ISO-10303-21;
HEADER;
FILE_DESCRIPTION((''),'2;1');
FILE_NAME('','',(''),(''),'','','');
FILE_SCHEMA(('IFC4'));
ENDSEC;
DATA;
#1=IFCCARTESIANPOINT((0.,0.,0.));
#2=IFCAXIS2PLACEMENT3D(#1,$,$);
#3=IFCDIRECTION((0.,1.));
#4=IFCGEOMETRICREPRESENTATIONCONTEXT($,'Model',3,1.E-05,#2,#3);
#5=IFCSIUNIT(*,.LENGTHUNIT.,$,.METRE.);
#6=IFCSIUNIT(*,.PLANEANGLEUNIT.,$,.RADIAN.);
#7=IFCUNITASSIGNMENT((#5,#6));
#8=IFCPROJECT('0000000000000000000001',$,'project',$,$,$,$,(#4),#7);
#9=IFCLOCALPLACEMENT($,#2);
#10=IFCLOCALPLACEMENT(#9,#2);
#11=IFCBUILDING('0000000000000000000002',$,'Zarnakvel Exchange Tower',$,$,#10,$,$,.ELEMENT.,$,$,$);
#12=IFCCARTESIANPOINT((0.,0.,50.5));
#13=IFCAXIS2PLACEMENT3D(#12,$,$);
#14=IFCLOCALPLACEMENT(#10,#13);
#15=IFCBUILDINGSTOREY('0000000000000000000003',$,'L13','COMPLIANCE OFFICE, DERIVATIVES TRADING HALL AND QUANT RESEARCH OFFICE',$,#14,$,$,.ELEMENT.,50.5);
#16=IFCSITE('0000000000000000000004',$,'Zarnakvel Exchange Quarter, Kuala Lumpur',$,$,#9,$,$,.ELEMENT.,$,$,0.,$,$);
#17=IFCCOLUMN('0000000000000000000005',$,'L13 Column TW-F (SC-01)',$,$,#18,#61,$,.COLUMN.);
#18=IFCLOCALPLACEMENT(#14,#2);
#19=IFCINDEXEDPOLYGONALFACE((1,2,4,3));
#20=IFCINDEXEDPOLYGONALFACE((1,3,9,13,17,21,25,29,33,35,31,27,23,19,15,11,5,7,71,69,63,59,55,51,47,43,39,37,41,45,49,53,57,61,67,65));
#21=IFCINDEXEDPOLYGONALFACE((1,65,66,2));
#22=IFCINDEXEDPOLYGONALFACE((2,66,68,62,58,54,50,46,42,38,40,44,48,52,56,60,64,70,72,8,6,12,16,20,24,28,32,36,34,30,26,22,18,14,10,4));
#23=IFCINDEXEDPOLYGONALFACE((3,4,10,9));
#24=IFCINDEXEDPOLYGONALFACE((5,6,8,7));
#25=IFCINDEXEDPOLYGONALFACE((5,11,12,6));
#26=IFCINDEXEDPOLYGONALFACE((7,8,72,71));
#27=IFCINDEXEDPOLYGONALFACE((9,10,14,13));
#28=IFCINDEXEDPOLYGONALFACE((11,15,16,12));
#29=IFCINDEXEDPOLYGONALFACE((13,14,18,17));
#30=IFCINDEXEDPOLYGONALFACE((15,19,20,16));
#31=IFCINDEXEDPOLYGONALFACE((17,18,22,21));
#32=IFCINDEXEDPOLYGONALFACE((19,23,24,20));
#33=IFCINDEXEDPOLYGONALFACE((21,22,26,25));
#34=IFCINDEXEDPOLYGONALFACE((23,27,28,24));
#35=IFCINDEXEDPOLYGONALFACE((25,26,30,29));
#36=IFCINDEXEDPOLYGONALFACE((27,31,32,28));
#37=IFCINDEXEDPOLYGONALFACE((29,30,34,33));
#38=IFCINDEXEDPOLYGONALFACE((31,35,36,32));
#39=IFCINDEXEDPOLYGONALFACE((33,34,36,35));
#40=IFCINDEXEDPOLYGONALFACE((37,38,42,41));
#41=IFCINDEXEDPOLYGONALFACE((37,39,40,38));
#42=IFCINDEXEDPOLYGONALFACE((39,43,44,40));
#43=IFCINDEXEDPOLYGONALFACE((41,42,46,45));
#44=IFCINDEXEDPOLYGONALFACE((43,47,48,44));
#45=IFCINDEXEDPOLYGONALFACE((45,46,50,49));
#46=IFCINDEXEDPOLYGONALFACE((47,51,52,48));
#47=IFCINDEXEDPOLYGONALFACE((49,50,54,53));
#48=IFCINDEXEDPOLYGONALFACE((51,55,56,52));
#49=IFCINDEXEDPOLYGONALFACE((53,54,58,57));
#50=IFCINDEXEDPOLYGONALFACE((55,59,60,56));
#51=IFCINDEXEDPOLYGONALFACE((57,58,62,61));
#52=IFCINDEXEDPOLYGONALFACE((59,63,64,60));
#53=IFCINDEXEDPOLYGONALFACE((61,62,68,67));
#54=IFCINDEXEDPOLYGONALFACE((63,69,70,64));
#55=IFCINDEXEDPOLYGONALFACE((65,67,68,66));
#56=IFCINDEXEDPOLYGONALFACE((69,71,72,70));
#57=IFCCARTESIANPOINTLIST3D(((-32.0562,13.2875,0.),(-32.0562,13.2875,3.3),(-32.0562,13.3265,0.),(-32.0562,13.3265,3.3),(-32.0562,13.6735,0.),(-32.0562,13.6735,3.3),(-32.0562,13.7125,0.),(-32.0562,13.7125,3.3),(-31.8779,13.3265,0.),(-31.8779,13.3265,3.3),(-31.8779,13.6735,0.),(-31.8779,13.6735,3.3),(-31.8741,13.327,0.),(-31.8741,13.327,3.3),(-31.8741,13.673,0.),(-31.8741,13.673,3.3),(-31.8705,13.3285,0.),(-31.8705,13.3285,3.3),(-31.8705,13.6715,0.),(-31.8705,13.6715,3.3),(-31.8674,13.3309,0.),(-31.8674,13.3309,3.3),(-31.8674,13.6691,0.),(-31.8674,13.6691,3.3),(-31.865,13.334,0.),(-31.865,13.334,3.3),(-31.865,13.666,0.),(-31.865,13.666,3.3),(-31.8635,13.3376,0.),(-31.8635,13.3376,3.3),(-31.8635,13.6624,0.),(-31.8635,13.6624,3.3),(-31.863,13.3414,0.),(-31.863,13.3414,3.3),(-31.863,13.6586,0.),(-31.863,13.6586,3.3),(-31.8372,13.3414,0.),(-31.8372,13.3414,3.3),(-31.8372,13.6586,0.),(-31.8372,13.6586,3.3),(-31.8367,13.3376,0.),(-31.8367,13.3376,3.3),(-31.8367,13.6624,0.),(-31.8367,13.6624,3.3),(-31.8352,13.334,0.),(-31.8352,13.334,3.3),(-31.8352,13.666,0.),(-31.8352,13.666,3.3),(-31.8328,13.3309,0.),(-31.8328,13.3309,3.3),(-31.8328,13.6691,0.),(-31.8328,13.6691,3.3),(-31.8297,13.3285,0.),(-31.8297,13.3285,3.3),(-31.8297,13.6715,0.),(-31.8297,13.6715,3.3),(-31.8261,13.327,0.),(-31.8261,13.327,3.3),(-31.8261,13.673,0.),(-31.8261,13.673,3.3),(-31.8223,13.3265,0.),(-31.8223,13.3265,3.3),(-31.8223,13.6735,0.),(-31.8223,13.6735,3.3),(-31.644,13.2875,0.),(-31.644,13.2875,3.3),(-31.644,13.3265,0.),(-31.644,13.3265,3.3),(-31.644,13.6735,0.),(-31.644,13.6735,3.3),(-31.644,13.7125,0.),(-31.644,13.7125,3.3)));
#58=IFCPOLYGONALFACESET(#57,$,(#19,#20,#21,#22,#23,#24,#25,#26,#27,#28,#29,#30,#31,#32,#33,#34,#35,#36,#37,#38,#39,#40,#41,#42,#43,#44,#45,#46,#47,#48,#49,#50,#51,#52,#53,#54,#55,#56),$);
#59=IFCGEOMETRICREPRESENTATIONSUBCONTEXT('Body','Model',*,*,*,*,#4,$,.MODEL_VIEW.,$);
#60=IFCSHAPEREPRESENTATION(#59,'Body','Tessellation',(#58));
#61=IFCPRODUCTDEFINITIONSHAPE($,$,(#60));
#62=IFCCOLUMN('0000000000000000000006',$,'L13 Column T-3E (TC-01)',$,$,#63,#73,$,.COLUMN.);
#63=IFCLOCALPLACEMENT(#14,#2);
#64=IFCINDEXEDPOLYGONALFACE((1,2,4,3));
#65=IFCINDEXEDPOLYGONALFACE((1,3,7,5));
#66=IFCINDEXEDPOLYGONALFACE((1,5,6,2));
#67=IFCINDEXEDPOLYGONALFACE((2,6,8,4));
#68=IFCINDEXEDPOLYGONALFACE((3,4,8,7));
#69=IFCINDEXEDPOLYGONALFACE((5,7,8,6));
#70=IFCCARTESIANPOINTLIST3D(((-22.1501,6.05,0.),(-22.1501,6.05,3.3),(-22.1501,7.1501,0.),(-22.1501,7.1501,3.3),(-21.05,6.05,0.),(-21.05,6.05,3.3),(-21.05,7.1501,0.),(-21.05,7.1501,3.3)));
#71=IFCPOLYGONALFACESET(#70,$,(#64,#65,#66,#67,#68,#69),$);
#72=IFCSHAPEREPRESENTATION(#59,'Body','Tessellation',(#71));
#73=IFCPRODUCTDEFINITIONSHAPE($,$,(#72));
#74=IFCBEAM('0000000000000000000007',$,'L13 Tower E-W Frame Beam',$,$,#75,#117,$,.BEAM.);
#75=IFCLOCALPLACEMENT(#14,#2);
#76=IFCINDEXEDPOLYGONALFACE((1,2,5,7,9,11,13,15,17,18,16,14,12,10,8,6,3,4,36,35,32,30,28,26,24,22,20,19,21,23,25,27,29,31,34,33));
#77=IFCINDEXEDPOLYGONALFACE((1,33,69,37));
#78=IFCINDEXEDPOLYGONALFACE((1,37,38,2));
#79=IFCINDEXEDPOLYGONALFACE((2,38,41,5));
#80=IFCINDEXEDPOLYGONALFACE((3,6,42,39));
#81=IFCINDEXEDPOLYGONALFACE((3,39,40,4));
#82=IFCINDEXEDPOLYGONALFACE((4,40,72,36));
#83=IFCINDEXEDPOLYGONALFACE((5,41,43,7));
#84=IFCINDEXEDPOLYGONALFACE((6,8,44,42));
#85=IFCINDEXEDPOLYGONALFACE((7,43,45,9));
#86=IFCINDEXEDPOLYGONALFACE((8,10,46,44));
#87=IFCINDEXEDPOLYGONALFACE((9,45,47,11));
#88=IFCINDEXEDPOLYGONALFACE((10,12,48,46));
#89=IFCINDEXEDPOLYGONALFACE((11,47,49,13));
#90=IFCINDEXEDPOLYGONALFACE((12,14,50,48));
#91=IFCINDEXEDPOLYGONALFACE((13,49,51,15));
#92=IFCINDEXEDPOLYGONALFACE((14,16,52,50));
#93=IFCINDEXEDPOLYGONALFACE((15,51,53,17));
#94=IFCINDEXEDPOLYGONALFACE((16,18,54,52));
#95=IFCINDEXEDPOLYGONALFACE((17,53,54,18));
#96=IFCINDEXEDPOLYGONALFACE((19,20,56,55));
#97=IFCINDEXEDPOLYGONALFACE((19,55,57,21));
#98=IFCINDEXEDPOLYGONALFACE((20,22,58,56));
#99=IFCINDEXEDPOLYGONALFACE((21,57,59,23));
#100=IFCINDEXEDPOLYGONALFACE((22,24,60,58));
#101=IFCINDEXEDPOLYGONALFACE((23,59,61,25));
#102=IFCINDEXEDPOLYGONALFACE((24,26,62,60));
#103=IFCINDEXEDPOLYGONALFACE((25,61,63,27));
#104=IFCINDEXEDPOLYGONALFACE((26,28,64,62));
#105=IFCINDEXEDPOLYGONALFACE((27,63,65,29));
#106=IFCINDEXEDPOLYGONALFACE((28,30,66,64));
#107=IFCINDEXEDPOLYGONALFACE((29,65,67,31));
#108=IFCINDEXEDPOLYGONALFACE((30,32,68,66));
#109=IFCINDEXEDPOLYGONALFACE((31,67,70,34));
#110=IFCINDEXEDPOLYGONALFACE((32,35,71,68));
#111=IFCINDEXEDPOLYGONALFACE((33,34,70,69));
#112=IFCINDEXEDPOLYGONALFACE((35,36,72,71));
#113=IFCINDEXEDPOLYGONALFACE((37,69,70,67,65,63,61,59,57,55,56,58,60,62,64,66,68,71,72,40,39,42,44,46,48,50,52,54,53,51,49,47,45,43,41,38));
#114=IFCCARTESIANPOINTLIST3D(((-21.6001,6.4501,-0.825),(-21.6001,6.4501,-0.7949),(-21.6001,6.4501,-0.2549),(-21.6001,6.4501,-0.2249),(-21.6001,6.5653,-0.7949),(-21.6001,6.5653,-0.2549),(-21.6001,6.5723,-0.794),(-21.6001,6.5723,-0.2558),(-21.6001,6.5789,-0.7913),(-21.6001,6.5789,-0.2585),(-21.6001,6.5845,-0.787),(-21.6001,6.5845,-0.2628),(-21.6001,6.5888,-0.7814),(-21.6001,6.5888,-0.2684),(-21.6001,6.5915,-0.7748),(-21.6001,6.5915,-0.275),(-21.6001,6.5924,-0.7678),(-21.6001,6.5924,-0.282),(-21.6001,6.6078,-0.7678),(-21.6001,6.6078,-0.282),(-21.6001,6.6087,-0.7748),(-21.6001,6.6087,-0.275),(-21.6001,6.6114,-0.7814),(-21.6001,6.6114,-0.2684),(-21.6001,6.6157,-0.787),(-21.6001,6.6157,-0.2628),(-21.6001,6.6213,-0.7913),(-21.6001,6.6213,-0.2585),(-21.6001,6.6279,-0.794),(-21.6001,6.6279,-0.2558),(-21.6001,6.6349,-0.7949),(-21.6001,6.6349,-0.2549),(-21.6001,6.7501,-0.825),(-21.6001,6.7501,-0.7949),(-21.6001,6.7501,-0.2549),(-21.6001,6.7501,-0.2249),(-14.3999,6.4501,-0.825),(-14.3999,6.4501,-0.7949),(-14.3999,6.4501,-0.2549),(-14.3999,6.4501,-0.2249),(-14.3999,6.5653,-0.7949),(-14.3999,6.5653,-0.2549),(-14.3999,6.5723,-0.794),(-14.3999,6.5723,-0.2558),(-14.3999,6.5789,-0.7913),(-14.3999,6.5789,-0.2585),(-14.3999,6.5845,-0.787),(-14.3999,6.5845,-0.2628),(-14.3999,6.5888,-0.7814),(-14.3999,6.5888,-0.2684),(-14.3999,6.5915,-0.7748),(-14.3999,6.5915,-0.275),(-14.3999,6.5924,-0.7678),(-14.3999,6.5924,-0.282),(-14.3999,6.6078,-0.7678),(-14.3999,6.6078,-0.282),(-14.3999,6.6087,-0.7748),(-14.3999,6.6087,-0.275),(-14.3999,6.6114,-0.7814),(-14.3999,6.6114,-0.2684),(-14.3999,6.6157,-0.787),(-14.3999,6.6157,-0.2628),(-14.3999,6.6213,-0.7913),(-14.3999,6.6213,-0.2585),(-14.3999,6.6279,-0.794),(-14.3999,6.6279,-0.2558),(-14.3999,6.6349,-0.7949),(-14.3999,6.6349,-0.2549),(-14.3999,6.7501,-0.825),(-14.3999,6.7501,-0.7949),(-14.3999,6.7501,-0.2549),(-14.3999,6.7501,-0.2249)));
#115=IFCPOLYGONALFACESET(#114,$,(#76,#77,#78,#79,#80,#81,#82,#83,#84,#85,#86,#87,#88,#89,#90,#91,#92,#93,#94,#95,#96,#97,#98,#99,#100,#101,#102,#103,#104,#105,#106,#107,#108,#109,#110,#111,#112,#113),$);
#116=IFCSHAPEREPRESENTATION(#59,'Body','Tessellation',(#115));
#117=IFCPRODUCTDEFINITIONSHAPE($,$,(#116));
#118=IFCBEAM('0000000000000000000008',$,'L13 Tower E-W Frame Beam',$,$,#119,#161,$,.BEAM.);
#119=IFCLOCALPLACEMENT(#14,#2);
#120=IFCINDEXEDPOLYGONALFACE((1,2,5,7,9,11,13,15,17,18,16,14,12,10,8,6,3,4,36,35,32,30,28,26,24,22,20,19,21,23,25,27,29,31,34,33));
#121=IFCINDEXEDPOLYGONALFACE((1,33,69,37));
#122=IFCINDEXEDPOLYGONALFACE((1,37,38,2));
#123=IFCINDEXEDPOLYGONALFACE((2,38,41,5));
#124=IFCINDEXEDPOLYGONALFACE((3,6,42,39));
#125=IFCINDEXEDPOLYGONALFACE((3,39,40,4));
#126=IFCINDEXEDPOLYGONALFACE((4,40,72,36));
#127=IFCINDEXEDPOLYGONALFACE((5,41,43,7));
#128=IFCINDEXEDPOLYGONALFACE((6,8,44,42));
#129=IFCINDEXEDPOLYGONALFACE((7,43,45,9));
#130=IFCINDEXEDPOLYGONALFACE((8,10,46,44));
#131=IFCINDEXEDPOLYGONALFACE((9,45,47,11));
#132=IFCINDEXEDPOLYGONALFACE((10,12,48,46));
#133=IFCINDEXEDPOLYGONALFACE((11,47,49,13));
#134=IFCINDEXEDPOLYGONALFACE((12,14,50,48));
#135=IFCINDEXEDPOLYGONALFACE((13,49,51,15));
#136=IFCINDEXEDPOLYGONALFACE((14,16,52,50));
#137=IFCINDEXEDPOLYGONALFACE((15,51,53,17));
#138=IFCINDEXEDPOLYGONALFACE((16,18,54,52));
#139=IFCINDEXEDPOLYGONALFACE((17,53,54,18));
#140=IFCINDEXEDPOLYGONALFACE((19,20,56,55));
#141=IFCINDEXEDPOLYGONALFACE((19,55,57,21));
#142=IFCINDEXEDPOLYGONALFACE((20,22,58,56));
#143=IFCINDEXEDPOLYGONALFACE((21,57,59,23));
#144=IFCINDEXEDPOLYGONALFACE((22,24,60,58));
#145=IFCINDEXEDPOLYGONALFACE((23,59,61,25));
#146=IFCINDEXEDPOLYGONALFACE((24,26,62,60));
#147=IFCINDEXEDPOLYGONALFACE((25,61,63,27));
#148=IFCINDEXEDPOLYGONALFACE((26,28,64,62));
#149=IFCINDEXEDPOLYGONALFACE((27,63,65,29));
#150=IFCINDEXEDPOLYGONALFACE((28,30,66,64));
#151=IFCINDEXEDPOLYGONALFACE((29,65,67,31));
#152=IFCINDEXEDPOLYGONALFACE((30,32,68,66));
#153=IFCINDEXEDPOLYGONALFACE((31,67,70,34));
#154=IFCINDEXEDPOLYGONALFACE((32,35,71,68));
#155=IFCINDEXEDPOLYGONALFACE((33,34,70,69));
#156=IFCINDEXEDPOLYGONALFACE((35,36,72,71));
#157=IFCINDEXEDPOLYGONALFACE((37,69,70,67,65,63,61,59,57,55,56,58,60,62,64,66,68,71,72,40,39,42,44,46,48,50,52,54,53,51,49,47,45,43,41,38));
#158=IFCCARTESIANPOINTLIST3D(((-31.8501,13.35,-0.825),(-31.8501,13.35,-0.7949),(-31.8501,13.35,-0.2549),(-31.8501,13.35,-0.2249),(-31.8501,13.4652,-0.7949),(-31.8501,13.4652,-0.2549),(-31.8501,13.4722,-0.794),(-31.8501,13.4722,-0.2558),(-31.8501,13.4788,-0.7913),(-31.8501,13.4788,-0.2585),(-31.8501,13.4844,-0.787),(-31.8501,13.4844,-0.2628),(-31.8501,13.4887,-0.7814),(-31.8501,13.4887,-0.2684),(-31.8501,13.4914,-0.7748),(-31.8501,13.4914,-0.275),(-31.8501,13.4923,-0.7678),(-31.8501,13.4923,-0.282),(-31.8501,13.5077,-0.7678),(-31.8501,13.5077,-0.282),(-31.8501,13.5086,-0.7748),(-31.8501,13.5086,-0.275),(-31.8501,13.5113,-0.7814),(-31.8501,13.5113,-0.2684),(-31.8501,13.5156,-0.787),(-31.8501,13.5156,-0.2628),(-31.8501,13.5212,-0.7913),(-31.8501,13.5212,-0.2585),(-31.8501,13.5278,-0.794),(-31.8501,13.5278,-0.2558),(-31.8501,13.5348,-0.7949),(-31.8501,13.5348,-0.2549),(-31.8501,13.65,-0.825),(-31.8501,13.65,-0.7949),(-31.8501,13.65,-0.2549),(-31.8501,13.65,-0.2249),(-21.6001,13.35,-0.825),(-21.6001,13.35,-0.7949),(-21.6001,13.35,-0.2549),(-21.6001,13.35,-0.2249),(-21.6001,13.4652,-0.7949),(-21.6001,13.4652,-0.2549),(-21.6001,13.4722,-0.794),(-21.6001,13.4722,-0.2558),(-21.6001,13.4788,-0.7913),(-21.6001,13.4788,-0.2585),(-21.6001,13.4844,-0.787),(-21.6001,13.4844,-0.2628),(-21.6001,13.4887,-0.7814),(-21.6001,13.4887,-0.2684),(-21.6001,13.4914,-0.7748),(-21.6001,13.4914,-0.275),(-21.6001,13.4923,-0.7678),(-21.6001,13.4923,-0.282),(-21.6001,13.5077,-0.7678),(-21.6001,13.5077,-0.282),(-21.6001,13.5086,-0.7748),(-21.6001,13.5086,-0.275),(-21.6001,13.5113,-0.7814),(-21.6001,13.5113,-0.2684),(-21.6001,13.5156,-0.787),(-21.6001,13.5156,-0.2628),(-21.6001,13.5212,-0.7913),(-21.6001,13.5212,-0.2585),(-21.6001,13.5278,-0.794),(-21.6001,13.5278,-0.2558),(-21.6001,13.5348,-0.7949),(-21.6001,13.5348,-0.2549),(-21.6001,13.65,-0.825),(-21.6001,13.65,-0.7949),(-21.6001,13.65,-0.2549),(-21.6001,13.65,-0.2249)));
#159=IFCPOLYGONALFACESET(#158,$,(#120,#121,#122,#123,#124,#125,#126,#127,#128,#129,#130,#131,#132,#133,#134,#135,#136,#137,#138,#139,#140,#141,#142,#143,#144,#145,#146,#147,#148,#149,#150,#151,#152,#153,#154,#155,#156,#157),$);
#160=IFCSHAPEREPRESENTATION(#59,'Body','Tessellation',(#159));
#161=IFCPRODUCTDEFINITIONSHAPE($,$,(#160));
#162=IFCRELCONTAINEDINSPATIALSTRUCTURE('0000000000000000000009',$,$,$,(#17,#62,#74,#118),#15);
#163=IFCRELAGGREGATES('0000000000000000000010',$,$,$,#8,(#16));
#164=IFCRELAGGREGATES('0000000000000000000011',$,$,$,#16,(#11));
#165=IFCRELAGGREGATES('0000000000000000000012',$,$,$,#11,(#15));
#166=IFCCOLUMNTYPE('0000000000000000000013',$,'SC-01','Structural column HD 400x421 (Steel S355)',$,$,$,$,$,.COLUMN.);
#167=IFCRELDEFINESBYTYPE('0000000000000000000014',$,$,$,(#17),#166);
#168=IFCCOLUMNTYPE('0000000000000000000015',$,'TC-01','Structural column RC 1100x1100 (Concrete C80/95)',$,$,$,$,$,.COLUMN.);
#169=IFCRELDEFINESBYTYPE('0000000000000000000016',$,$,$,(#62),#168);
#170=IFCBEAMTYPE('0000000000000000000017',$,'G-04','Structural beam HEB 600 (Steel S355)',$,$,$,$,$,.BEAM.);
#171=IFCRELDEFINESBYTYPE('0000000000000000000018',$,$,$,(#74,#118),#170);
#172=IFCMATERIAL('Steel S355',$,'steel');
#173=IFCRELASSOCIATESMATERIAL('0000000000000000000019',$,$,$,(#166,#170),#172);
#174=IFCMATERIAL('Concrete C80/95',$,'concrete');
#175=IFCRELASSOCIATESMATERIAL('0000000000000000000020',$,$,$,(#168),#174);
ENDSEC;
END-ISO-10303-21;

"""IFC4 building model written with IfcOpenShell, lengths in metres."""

from ifc_helpers import new_model, si_unit, direction, frame, origin, origin_2d, place, context, subcontext, project, spatial, rectangle, i_section, extrude, material, material_profile, profile_set, type_object, element, save


model = new_model("IFC4")

# Units and contexts
model_context = context("Model", 3, precision=1e-05, world=origin(), true_north=direction((0.0, 1.0)))
body_context = subcontext(model_context, "Body", "Model", "MODEL_VIEW")
ifc_project = project(units=[si_unit("LENGTHUNIT", "METRE"), si_unit("PLANEANGLEUNIT", "RADIAN")], contexts=[model_context])

# Site, building, storey
site_placement = place(None, origin())
site = spatial("IfcSite", under=ifc_project, at=site_placement, Name="Zarnakvel Exchange Quarter, Kuala Lumpur", CompositionType="ELEMENT", RefElevation=0.0)
building_placement = place(site_placement, origin())
building = spatial("IfcBuilding", under=site, at=building_placement, Name="Zarnakvel Exchange Tower", CompositionType="ELEMENT")
storey_placement = place(building_placement, frame((0.0, 0.0, 50.5)))
storey = spatial("IfcBuildingStorey", under=building, at=storey_placement, Name="L13", Description="COMPLIANCE OFFICE, DERIVATIVES TRADING HALL AND QUANT RESEARCH OFFICE", CompositionType="ELEMENT", Elevation=50.5)

# Columns
ifc_material_1 = material(Name="Steel S355", Category="steel")
ifc_material_profile_1 = material_profile(ifc_material_1, i_section(OverallWidth=0.4121, OverallDepth=0.425, WebThickness=0.0259, FlangeThickness=0.0391, FilletRadius=0.0149, at=origin_2d()))
ifc_profile_set_1 = profile_set([ifc_material_profile_1], Name="Steel S355")
column_type_1 = type_object("IfcColumnType", Name="SC-01", Description="Structural column HD 400x421 (Steel S355)", PredefinedType="COLUMN", material=ifc_profile_set_1)
column_1_placement = place(storey_placement, frame((-31.8501, 13.5, 0.0), z_axis=(0.0, 0.0, 1.0), x_axis=(1.0, 0.0, 0.0)))
element("IfcColumn", 1, at=column_1_placement, inside=storey, type_object=column_type_1, Name="L13 Column TW-F (SC-01)", PredefinedType="COLUMN", context=body_context, shape_type="SweptSolid", body=[
    extrude(i_section(OverallWidth=0.4121, OverallDepth=0.425, WebThickness=0.0259, FlangeThickness=0.0391, FilletRadius=0.0149, at=origin_2d()), origin(), (0.0, 0.0, 1.0), 3.3),
])
ifc_material_2 = material(Name="Concrete C80/95", Category="concrete")
ifc_material_profile_2 = material_profile(ifc_material_2, rectangle(XDim=1.1001, YDim=1.1001, at=origin_2d()))
ifc_profile_set_2 = profile_set([ifc_material_profile_2], Name="Concrete C80/95")
column_type_2 = type_object("IfcColumnType", Name="TC-01", Description="Structural column RC 1100x1100 (Concrete C80/95)", PredefinedType="COLUMN", material=ifc_profile_set_2)
column_2_placement = place(storey_placement, frame((-21.6001, 6.6001, 0.0), z_axis=(0.0, 0.0, 1.0), x_axis=(1.0, 0.0, 0.0)))
element("IfcColumn", 2, at=column_2_placement, inside=storey, type_object=column_type_2, Name="L13 Column T-3E (TC-01)", PredefinedType="COLUMN", context=body_context, shape_type="SweptSolid", body=[
    extrude(rectangle(XDim=1.1001, YDim=1.1001, at=origin_2d()), origin(), (0.0, 0.0, 1.0), 3.3),
])

# Beams
ifc_material_profile_3 = material_profile(ifc_material_1, i_section(OverallWidth=0.3, OverallDepth=0.6001, WebThickness=0.0154, FlangeThickness=0.03, FilletRadius=0.0271, at=origin_2d()))
ifc_profile_set_3 = profile_set([ifc_material_profile_3], Name="Steel S355")
beam_type = type_object("IfcBeamType", Name="G-04", Description="Structural beam HEB 600 (Steel S355)", PredefinedType="BEAM", material=ifc_profile_set_3)
beam_1_placement = place(storey_placement, frame((-21.6001, 6.6001, -0.5249), z_axis=(1.0, 0.0, 0.0), x_axis=(0.0, 1.0, 0.0)))
element("IfcBeam", 3, at=beam_1_placement, inside=storey, type_object=beam_type, Name="L13 Tower E-W Frame Beam", PredefinedType="BEAM", context=body_context, shape_type="SweptSolid", body=[
    extrude(i_section(OverallWidth=0.3, OverallDepth=0.6001, WebThickness=0.0154, FlangeThickness=0.03, FilletRadius=0.0271, at=origin_2d()), origin(), (0.0, 0.0, 1.0), 7.2002),
])
beam_2_placement = place(storey_placement, frame((-31.8501, 13.5, -0.5249), z_axis=(1.0, 0.0, 0.0), x_axis=(0.0, 1.0, 0.0)))
element("IfcBeam", 4, at=beam_2_placement, inside=storey, type_object=beam_type, Name="L13 Tower E-W Frame Beam", PredefinedType="BEAM", context=body_context, shape_type="SweptSolid", body=[
    extrude(i_section(OverallWidth=0.3, OverallDepth=0.6001, WebThickness=0.0154, FlangeThickness=0.03, FilletRadius=0.0271, at=origin_2d()), origin(), (0.0, 0.0, 1.0), 10.25),
])

save(model, "model.ifc")
